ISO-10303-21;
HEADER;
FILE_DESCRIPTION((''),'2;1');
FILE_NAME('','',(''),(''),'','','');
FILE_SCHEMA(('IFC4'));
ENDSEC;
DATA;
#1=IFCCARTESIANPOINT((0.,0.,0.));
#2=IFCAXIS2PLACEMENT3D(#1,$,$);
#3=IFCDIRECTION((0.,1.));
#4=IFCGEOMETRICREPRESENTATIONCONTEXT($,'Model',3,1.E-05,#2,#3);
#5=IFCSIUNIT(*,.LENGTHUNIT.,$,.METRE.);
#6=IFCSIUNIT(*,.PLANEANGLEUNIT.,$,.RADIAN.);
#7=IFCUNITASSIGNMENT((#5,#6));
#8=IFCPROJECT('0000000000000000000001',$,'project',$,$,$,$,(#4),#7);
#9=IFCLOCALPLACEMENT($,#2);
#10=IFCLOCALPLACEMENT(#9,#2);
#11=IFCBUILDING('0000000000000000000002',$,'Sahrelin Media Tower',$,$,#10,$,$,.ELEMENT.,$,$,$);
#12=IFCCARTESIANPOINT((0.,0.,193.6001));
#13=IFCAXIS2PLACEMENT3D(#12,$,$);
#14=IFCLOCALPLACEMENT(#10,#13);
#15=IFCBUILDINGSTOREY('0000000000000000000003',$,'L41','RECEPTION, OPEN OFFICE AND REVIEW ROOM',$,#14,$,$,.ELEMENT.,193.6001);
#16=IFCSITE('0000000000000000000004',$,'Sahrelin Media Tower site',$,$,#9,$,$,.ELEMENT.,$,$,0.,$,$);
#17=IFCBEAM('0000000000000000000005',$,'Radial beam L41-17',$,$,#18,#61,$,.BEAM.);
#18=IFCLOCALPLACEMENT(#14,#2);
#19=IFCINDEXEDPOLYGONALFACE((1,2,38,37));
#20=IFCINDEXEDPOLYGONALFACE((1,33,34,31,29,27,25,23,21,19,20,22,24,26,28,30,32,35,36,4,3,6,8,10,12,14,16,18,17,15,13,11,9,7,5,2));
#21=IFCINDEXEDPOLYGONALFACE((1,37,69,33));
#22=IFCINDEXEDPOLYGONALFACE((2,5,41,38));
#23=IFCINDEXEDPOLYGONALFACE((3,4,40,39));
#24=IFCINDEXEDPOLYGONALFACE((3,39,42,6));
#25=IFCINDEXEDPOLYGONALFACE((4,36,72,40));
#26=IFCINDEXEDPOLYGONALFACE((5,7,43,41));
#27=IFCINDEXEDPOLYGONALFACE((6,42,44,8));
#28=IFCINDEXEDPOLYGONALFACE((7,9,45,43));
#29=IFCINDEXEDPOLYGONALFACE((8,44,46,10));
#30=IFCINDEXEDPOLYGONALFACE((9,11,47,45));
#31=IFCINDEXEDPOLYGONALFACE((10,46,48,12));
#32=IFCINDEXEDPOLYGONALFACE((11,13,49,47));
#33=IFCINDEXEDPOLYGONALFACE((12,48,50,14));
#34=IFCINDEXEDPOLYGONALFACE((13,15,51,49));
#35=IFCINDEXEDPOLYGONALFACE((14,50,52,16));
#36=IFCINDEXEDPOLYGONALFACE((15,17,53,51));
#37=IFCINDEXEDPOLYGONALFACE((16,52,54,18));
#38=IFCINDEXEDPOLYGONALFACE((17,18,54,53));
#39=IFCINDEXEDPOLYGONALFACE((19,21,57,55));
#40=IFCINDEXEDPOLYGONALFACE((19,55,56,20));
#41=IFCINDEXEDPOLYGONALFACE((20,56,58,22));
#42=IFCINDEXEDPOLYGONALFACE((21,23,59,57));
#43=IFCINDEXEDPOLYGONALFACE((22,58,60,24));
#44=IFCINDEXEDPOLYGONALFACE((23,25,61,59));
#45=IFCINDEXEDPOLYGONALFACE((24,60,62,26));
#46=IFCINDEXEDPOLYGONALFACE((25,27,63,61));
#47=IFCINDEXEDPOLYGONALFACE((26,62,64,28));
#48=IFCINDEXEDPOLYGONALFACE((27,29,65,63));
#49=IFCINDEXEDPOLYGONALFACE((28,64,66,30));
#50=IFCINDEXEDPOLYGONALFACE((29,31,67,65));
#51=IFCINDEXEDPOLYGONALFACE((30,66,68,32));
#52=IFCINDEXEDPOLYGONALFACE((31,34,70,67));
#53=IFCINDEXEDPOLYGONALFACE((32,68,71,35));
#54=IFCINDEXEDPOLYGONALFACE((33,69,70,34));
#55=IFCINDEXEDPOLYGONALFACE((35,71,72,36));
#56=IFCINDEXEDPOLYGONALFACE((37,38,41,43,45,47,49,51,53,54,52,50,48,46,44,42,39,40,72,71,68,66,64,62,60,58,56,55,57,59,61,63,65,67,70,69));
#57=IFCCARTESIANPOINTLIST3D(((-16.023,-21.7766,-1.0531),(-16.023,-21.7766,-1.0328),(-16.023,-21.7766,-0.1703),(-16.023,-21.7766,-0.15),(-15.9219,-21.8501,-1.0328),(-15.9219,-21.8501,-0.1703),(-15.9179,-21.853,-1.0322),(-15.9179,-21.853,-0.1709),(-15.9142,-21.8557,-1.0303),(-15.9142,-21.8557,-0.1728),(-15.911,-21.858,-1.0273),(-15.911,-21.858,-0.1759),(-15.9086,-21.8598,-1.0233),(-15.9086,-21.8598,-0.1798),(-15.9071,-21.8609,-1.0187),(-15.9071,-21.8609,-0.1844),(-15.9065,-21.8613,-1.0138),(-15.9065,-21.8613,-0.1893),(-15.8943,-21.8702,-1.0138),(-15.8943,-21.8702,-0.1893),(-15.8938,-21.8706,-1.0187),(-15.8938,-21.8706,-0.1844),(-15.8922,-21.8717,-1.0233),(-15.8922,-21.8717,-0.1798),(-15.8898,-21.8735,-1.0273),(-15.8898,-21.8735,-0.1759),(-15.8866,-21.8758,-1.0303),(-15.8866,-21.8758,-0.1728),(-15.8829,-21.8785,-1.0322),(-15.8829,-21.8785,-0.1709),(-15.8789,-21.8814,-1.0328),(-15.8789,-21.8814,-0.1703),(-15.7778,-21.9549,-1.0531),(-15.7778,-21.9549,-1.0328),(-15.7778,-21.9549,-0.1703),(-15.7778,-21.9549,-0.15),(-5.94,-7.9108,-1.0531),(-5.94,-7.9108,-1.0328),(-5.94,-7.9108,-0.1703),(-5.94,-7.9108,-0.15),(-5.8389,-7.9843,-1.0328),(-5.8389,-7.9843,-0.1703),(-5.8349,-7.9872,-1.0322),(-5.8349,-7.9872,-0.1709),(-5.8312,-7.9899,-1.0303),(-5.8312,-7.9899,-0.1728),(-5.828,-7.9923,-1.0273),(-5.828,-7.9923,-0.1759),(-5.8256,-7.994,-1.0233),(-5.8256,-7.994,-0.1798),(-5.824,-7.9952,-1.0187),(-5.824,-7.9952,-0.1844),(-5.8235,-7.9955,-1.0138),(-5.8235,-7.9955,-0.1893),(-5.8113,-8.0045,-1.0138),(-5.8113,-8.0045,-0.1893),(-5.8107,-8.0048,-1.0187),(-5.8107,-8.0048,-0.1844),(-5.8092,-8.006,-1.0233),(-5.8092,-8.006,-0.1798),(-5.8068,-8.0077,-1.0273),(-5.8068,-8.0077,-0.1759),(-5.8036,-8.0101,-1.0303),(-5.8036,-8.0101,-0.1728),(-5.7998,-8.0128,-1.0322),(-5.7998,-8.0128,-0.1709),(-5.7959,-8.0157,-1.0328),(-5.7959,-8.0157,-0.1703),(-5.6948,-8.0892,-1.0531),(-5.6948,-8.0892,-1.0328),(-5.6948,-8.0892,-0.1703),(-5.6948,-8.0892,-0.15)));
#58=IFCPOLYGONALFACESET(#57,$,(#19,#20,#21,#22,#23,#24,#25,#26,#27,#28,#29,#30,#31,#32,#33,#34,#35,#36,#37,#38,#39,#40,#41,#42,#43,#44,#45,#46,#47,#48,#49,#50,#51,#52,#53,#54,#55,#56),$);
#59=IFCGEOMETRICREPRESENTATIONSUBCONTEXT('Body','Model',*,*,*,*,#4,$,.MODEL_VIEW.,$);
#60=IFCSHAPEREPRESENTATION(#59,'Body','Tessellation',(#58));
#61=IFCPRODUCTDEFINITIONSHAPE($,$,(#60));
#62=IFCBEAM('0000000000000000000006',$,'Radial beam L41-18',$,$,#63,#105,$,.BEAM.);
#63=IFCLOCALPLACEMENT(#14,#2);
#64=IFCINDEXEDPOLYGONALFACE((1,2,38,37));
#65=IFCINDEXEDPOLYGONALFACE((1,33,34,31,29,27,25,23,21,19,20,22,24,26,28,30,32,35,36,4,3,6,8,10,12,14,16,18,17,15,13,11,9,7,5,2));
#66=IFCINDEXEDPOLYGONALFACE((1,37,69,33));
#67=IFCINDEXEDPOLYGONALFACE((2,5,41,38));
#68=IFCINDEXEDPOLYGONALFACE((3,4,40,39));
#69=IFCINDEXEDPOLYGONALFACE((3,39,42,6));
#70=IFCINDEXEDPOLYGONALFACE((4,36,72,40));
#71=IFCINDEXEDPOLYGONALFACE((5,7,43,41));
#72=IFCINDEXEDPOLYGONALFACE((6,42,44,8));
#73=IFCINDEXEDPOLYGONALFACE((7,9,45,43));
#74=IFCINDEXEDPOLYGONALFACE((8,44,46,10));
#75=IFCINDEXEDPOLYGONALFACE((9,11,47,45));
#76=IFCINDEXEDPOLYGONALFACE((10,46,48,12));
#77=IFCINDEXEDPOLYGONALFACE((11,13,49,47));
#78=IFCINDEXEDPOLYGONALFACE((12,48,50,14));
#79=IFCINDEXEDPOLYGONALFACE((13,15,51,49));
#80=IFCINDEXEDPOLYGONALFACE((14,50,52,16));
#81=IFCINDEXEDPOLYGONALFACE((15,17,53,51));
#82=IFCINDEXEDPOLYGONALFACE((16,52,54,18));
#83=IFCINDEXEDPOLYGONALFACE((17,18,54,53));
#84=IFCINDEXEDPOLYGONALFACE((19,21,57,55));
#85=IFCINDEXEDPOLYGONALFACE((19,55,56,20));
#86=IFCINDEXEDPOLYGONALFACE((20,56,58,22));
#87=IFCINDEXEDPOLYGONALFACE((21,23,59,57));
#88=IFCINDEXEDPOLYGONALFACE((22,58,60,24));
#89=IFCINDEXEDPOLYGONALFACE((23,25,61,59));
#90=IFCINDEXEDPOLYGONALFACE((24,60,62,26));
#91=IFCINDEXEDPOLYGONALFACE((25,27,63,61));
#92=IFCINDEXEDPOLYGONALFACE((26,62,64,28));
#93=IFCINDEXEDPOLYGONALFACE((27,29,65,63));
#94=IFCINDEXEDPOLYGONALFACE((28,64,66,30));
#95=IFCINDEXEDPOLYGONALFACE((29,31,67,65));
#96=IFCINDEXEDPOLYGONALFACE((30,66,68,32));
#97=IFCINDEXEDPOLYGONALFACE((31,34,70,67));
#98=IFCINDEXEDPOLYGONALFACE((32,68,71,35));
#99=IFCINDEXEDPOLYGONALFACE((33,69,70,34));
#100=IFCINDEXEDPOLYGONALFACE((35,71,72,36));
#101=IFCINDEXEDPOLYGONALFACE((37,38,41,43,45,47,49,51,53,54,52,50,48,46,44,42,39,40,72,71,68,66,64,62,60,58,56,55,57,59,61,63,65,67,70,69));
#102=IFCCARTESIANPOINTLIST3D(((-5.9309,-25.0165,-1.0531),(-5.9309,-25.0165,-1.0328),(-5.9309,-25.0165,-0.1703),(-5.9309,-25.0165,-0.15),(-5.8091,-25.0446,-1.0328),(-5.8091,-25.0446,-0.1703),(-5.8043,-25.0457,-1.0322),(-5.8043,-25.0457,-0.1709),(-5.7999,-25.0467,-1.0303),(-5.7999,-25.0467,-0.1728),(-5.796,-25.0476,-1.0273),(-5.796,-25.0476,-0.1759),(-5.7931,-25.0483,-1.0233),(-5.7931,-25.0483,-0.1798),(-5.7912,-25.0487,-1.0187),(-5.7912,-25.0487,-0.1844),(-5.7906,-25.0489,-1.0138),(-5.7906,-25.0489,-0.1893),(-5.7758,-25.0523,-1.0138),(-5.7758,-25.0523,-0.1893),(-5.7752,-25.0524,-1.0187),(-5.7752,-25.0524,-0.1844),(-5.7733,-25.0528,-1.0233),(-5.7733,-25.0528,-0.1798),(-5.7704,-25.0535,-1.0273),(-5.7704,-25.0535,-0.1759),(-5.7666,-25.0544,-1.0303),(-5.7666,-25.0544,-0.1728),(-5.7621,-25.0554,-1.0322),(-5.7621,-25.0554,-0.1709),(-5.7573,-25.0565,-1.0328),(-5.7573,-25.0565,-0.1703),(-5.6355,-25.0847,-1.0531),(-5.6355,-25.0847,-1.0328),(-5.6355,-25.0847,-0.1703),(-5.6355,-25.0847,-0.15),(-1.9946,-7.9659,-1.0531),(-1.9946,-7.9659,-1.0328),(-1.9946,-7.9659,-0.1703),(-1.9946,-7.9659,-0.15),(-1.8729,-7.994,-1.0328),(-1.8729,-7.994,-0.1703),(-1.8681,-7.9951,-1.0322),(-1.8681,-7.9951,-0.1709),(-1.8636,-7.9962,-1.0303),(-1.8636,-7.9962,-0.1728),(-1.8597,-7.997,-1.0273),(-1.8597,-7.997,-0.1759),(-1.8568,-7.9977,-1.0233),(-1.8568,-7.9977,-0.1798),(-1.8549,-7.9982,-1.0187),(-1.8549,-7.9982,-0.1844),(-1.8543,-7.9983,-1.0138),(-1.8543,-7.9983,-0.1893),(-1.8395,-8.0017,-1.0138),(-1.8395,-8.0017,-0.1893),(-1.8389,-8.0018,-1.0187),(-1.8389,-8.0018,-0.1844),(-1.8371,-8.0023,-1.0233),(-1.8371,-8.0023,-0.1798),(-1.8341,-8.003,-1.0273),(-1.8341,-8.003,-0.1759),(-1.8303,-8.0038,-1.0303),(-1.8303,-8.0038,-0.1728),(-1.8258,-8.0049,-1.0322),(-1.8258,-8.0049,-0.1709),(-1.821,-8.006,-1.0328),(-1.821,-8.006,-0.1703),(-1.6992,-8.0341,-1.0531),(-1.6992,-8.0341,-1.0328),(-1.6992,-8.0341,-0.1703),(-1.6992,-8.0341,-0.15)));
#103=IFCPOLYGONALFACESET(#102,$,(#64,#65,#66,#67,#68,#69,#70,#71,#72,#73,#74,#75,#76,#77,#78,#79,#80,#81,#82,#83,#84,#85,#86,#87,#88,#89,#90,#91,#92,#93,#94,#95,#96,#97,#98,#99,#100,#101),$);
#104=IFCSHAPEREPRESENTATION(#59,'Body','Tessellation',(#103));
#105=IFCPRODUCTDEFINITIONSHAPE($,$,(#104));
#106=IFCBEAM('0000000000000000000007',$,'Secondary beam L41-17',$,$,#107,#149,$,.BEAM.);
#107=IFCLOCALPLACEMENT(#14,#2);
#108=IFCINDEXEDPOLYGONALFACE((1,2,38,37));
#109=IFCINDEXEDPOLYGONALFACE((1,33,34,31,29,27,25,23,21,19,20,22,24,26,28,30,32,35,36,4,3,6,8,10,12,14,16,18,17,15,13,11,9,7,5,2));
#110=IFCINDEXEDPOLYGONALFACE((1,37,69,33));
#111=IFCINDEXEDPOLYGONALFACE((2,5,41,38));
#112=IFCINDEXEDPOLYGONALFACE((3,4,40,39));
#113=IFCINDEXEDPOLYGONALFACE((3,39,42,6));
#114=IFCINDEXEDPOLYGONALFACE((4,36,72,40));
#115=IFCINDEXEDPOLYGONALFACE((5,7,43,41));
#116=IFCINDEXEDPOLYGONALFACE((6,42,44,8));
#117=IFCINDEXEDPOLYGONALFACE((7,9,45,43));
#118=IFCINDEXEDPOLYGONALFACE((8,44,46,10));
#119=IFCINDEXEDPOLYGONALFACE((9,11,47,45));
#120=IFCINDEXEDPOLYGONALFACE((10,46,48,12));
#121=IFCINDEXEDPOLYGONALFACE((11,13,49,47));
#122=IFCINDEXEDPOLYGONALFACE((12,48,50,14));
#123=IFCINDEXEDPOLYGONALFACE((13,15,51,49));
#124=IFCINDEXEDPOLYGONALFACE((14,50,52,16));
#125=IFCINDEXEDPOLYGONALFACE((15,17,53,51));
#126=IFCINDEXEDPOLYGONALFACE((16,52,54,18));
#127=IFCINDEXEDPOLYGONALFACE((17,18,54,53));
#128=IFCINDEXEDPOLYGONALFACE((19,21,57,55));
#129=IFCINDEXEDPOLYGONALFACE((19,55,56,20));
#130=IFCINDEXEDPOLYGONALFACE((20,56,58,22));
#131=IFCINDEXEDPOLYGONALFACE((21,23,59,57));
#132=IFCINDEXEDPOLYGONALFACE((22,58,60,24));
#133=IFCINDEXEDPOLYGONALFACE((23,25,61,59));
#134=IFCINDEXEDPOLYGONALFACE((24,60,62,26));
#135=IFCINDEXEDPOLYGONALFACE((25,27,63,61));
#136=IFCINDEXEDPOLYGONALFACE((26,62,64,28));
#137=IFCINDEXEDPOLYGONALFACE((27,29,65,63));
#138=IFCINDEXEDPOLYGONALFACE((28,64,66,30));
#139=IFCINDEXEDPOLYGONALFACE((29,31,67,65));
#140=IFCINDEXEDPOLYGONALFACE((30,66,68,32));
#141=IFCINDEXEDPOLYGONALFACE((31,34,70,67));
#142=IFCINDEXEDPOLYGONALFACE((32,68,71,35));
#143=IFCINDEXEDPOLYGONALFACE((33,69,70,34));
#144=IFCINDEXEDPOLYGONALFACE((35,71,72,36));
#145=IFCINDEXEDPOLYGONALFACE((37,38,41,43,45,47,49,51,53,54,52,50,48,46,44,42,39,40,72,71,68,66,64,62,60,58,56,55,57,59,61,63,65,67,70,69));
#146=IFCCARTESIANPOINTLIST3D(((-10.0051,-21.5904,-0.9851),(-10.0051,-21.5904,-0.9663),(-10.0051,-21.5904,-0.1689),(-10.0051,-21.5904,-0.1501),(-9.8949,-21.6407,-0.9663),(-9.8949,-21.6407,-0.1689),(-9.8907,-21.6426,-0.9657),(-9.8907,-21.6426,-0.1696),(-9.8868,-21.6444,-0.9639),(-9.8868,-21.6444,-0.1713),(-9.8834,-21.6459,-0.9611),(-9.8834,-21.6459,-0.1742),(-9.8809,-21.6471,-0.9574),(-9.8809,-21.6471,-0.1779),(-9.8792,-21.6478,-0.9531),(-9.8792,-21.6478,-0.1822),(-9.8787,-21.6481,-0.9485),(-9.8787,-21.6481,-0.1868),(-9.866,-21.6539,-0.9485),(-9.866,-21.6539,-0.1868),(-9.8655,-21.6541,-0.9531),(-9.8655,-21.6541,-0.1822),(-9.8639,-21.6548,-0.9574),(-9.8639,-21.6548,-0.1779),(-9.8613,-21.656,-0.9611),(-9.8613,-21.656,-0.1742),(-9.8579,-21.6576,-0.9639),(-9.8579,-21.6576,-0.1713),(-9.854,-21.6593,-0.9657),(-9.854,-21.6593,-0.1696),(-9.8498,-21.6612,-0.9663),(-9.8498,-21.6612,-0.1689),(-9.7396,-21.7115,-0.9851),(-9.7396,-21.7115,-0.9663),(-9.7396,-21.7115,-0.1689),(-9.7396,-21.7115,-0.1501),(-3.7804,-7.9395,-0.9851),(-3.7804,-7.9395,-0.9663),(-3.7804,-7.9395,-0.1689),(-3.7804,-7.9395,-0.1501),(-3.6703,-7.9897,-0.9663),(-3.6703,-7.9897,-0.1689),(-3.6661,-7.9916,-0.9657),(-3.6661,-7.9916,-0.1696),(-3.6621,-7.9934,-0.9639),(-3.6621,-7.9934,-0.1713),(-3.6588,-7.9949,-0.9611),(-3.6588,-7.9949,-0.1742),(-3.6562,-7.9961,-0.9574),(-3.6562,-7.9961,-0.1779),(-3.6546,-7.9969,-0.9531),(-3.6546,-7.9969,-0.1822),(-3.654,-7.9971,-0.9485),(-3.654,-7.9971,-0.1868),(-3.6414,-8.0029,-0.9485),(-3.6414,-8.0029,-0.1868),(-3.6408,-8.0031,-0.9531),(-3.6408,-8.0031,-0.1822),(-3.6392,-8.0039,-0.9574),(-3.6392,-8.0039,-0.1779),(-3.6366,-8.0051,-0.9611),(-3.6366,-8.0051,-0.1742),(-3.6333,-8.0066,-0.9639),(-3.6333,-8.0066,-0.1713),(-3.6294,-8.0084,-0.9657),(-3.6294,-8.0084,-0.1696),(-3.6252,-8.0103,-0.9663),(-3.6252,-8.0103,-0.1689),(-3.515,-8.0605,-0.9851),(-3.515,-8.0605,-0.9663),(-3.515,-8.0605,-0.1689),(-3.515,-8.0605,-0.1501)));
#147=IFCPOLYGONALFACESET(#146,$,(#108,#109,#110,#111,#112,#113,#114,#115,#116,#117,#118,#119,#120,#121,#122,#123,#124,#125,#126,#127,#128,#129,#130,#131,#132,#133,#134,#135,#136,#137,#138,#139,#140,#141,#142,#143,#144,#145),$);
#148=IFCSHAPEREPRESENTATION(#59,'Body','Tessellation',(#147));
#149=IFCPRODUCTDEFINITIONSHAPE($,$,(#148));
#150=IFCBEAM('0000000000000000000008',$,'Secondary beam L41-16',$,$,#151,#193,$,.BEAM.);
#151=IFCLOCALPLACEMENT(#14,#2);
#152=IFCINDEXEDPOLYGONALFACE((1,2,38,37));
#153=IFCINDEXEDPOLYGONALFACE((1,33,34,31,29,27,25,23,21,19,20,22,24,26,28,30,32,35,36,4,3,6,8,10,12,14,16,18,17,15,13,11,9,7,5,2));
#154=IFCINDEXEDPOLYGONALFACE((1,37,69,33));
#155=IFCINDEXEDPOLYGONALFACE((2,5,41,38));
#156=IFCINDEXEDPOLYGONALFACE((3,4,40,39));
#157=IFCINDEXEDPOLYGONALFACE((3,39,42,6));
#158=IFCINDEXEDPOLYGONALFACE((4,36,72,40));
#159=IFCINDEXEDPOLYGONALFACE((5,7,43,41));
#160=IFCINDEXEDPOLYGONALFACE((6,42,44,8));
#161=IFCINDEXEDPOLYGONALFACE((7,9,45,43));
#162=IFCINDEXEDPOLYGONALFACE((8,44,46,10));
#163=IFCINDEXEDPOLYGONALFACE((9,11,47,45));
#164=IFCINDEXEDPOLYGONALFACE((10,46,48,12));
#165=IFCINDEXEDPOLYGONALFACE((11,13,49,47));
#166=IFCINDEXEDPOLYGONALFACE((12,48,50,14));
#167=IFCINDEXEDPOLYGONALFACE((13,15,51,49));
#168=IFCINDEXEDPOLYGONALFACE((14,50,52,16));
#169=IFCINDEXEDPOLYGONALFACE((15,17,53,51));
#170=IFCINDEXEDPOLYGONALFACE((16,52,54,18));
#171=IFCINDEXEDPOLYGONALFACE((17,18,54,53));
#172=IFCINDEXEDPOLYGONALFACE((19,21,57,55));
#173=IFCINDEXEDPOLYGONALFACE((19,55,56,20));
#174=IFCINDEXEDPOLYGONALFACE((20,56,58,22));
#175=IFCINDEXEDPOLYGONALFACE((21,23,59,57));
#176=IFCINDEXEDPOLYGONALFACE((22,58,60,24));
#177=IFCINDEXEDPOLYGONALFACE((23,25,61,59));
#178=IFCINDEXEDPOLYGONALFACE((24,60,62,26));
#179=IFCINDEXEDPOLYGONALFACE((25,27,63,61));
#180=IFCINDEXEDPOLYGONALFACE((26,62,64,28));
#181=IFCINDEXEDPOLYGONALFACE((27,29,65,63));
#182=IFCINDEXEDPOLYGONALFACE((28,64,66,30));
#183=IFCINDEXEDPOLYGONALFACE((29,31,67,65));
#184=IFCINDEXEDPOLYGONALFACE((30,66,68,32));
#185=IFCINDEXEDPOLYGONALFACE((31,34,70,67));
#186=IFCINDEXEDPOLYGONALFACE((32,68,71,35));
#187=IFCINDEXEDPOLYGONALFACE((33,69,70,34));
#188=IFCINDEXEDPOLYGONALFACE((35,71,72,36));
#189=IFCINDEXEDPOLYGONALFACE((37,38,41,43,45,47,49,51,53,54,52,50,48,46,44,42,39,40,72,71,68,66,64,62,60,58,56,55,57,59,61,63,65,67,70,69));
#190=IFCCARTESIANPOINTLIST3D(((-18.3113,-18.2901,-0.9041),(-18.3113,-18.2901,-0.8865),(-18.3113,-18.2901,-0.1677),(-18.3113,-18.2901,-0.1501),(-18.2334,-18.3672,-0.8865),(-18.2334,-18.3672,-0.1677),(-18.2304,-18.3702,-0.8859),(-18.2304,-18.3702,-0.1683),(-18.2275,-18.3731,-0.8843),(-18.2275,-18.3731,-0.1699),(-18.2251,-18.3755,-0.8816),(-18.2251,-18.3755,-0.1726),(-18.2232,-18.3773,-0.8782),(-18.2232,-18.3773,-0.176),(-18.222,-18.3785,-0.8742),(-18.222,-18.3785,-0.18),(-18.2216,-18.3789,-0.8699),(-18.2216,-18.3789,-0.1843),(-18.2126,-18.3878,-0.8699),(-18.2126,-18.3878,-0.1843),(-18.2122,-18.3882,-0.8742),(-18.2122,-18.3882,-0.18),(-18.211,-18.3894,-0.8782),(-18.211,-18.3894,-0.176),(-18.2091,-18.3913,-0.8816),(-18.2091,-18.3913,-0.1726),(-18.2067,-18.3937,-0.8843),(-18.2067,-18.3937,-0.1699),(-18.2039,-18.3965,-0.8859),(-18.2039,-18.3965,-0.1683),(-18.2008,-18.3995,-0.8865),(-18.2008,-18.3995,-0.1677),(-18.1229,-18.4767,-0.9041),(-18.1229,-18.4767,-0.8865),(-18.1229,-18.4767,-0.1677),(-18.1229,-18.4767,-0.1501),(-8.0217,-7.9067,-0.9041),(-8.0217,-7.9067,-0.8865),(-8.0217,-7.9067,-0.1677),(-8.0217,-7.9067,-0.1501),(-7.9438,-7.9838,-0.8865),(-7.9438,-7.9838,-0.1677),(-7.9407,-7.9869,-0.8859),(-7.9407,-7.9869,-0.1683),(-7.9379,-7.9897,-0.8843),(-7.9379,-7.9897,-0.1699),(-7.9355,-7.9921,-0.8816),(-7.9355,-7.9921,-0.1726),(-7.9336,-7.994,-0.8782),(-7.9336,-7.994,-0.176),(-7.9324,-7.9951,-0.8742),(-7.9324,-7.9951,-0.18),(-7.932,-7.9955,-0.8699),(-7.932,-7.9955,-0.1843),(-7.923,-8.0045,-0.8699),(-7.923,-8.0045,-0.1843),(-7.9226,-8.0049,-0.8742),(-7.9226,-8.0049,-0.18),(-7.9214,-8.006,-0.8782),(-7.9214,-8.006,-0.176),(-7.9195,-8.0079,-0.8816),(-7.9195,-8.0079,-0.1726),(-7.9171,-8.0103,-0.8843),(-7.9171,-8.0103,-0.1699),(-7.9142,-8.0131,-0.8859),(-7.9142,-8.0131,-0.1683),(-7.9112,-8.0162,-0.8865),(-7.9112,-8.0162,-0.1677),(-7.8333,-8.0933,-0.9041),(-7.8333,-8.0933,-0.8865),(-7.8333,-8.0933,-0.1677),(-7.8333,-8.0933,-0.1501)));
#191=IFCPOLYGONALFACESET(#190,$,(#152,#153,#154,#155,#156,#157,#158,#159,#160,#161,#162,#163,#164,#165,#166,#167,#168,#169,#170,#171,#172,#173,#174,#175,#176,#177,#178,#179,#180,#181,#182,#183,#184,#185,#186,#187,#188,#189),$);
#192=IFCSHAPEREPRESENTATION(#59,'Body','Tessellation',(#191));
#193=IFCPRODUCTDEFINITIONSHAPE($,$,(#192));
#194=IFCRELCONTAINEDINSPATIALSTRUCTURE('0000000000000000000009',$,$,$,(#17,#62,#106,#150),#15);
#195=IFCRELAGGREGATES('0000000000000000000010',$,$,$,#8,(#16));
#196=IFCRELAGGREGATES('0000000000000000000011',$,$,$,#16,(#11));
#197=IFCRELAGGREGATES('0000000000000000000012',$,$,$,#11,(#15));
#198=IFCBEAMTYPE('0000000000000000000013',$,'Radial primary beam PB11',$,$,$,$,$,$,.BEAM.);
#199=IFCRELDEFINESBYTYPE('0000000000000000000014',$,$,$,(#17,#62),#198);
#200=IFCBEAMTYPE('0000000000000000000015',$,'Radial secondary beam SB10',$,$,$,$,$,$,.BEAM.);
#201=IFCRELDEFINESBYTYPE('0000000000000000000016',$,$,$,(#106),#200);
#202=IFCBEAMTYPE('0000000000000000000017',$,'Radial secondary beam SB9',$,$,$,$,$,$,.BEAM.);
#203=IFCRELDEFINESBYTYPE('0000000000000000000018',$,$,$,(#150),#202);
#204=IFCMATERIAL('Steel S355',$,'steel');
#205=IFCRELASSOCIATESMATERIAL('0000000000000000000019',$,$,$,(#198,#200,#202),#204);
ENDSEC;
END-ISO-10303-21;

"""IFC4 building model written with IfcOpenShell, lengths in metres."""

from ifc_helpers import new_model, si_unit, direction, frame, origin, origin_2d, place, context, subcontext, project, spatial, i_section, extrude, material, material_profile, profile_set, type_object, element, save


model = new_model("IFC4")

# Units and contexts
model_context = context("Model", 3, precision=1e-05, world=origin(), true_north=direction((0.0, 1.0)))
body_context = subcontext(model_context, "Body", "Model", "MODEL_VIEW")
ifc_project = project(units=[si_unit("LENGTHUNIT", "METRE"), si_unit("PLANEANGLEUNIT", "RADIAN")], contexts=[model_context])

# Site, building, storey
site_placement = place(None, origin())
site = spatial("IfcSite", under=ifc_project, at=site_placement, Name="Sahrelin Media Tower site", CompositionType="ELEMENT", RefElevation=0.0)
building_placement = place(site_placement, origin())
building = spatial("IfcBuilding", under=site, at=building_placement, Name="Sahrelin Media Tower", CompositionType="ELEMENT")
storey_placement = place(building_placement, frame((0.0, 0.0, 193.6001)))
storey = spatial("IfcBuildingStorey", under=building, at=storey_placement, Name="L41", Description="RECEPTION, OPEN OFFICE AND REVIEW ROOM", CompositionType="ELEMENT", Elevation=193.6001)

# Beams
ifc_material_1 = material(Name="Steel S355", Category="steel")
ifc_material_profile_1 = material_profile(ifc_material_1, i_section(OverallWidth=0.3032, OverallDepth=0.9031, WebThickness=0.0151, FlangeThickness=0.0203, FilletRadius=0.019, at=origin_2d()), Name="UB 914x305x201")
ifc_profile_set_1 = profile_set([ifc_material_profile_1], Name="Steel S355")
beam_type_1 = type_object("IfcBeamType", Name="Radial primary beam PB11", PredefinedType="BEAM", material=ifc_profile_set_1)
beam_1_placement = place(storey_placement, frame((-5.8174, -8.0, -0.6016), z_axis=(-0.588128, -0.808768, 0.0), x_axis=(0.808768, -0.588128, 0.0)))
element("IfcBeam", 1, at=beam_1_placement, inside=storey, type_object=beam_type_1, Name="Radial beam L41-17", PredefinedType="BEAM", context=body_context, shape_type="SweptSolid", body=[
    extrude(i_section(OverallWidth=0.3032, OverallDepth=0.9031, WebThickness=0.0151, FlangeThickness=0.0203, FilletRadius=0.019, at=origin_2d()), origin(), (0.0, 0.0, 1.0), 17.1443),
])
beam_2_placement = place(storey_placement, frame((-1.8469, -8.0, -0.6016), z_axis=(-0.224943, -0.974372, 0.0), x_axis=(0.974372, -0.224943, 0.0)))
element("IfcBeam", 2, at=beam_2_placement, inside=storey, type_object=beam_type_1, Name="Radial beam L41-18", PredefinedType="BEAM", context=body_context, shape_type="SweptSolid", body=[
    extrude(i_section(OverallWidth=0.3032, OverallDepth=0.9031, WebThickness=0.0151, FlangeThickness=0.0203, FilletRadius=0.019, at=origin_2d()), origin(), (0.0, 0.0, 1.0), 17.499),
])
ifc_material_profile_2 = material_profile(ifc_material_1, i_section(OverallWidth=0.2917, OverallDepth=0.835, WebThickness=0.0139, FlangeThickness=0.0188, FilletRadius=0.0178, at=origin_2d()), Name="UB 838x292x176")
ifc_profile_set_2 = profile_set([ifc_material_profile_2], Name="Steel S355")
beam_type_2 = type_object("IfcBeamType", Name="Radial secondary beam SB10", PredefinedType="BEAM", material=ifc_profile_set_2)
beam_3_placement = place(storey_placement, frame((-3.6477, -8.0, -0.5676), z_axis=(-0.414889, -0.909872, 0.0), x_axis=(0.909872, -0.414889, 0.0)))
element("IfcBeam", 3, at=beam_3_placement, inside=storey, type_object=beam_type_2, Name="Secondary beam L41-17", PredefinedType="BEAM", context=body_context, shape_type="SweptSolid", body=[
    extrude(i_section(OverallWidth=0.2917, OverallDepth=0.835, WebThickness=0.0139, FlangeThickness=0.0188, FilletRadius=0.0178, at=origin_2d()), origin(), (0.0, 0.0, 1.0), 15.0032),
])
ifc_material_profile_3 = material_profile(ifc_material_1, i_section(OverallWidth=0.2651, OverallDepth=0.7539, WebThickness=0.0127, FlangeThickness=0.0176, FilletRadius=0.0166, at=origin_2d()), Name="UB 762x267x147")
ifc_profile_set_3 = profile_set([ifc_material_profile_3], Name="Steel S355")
beam_type_3 = type_object("IfcBeamType", Name="Radial secondary beam SB9", PredefinedType="BEAM", material=ifc_profile_set_3)
beam_4_placement = place(storey_placement, frame((-7.9275, -8.0, -0.5271), z_axis=(-0.703893, -0.710306, 0.0), x_axis=(0.710306, -0.703893, 0.0)))
element("IfcBeam", 4, at=beam_4_placement, inside=storey, type_object=beam_type_3, Name="Secondary beam L41-16", PredefinedType="BEAM", context=body_context, shape_type="SweptSolid", body=[
    extrude(i_section(OverallWidth=0.2651, OverallDepth=0.7539, WebThickness=0.0127, FlangeThickness=0.0176, FilletRadius=0.0166, at=origin_2d()), origin(), (0.0, 0.0, 1.0), 14.6182),
])

save(model, "model.ifc")
